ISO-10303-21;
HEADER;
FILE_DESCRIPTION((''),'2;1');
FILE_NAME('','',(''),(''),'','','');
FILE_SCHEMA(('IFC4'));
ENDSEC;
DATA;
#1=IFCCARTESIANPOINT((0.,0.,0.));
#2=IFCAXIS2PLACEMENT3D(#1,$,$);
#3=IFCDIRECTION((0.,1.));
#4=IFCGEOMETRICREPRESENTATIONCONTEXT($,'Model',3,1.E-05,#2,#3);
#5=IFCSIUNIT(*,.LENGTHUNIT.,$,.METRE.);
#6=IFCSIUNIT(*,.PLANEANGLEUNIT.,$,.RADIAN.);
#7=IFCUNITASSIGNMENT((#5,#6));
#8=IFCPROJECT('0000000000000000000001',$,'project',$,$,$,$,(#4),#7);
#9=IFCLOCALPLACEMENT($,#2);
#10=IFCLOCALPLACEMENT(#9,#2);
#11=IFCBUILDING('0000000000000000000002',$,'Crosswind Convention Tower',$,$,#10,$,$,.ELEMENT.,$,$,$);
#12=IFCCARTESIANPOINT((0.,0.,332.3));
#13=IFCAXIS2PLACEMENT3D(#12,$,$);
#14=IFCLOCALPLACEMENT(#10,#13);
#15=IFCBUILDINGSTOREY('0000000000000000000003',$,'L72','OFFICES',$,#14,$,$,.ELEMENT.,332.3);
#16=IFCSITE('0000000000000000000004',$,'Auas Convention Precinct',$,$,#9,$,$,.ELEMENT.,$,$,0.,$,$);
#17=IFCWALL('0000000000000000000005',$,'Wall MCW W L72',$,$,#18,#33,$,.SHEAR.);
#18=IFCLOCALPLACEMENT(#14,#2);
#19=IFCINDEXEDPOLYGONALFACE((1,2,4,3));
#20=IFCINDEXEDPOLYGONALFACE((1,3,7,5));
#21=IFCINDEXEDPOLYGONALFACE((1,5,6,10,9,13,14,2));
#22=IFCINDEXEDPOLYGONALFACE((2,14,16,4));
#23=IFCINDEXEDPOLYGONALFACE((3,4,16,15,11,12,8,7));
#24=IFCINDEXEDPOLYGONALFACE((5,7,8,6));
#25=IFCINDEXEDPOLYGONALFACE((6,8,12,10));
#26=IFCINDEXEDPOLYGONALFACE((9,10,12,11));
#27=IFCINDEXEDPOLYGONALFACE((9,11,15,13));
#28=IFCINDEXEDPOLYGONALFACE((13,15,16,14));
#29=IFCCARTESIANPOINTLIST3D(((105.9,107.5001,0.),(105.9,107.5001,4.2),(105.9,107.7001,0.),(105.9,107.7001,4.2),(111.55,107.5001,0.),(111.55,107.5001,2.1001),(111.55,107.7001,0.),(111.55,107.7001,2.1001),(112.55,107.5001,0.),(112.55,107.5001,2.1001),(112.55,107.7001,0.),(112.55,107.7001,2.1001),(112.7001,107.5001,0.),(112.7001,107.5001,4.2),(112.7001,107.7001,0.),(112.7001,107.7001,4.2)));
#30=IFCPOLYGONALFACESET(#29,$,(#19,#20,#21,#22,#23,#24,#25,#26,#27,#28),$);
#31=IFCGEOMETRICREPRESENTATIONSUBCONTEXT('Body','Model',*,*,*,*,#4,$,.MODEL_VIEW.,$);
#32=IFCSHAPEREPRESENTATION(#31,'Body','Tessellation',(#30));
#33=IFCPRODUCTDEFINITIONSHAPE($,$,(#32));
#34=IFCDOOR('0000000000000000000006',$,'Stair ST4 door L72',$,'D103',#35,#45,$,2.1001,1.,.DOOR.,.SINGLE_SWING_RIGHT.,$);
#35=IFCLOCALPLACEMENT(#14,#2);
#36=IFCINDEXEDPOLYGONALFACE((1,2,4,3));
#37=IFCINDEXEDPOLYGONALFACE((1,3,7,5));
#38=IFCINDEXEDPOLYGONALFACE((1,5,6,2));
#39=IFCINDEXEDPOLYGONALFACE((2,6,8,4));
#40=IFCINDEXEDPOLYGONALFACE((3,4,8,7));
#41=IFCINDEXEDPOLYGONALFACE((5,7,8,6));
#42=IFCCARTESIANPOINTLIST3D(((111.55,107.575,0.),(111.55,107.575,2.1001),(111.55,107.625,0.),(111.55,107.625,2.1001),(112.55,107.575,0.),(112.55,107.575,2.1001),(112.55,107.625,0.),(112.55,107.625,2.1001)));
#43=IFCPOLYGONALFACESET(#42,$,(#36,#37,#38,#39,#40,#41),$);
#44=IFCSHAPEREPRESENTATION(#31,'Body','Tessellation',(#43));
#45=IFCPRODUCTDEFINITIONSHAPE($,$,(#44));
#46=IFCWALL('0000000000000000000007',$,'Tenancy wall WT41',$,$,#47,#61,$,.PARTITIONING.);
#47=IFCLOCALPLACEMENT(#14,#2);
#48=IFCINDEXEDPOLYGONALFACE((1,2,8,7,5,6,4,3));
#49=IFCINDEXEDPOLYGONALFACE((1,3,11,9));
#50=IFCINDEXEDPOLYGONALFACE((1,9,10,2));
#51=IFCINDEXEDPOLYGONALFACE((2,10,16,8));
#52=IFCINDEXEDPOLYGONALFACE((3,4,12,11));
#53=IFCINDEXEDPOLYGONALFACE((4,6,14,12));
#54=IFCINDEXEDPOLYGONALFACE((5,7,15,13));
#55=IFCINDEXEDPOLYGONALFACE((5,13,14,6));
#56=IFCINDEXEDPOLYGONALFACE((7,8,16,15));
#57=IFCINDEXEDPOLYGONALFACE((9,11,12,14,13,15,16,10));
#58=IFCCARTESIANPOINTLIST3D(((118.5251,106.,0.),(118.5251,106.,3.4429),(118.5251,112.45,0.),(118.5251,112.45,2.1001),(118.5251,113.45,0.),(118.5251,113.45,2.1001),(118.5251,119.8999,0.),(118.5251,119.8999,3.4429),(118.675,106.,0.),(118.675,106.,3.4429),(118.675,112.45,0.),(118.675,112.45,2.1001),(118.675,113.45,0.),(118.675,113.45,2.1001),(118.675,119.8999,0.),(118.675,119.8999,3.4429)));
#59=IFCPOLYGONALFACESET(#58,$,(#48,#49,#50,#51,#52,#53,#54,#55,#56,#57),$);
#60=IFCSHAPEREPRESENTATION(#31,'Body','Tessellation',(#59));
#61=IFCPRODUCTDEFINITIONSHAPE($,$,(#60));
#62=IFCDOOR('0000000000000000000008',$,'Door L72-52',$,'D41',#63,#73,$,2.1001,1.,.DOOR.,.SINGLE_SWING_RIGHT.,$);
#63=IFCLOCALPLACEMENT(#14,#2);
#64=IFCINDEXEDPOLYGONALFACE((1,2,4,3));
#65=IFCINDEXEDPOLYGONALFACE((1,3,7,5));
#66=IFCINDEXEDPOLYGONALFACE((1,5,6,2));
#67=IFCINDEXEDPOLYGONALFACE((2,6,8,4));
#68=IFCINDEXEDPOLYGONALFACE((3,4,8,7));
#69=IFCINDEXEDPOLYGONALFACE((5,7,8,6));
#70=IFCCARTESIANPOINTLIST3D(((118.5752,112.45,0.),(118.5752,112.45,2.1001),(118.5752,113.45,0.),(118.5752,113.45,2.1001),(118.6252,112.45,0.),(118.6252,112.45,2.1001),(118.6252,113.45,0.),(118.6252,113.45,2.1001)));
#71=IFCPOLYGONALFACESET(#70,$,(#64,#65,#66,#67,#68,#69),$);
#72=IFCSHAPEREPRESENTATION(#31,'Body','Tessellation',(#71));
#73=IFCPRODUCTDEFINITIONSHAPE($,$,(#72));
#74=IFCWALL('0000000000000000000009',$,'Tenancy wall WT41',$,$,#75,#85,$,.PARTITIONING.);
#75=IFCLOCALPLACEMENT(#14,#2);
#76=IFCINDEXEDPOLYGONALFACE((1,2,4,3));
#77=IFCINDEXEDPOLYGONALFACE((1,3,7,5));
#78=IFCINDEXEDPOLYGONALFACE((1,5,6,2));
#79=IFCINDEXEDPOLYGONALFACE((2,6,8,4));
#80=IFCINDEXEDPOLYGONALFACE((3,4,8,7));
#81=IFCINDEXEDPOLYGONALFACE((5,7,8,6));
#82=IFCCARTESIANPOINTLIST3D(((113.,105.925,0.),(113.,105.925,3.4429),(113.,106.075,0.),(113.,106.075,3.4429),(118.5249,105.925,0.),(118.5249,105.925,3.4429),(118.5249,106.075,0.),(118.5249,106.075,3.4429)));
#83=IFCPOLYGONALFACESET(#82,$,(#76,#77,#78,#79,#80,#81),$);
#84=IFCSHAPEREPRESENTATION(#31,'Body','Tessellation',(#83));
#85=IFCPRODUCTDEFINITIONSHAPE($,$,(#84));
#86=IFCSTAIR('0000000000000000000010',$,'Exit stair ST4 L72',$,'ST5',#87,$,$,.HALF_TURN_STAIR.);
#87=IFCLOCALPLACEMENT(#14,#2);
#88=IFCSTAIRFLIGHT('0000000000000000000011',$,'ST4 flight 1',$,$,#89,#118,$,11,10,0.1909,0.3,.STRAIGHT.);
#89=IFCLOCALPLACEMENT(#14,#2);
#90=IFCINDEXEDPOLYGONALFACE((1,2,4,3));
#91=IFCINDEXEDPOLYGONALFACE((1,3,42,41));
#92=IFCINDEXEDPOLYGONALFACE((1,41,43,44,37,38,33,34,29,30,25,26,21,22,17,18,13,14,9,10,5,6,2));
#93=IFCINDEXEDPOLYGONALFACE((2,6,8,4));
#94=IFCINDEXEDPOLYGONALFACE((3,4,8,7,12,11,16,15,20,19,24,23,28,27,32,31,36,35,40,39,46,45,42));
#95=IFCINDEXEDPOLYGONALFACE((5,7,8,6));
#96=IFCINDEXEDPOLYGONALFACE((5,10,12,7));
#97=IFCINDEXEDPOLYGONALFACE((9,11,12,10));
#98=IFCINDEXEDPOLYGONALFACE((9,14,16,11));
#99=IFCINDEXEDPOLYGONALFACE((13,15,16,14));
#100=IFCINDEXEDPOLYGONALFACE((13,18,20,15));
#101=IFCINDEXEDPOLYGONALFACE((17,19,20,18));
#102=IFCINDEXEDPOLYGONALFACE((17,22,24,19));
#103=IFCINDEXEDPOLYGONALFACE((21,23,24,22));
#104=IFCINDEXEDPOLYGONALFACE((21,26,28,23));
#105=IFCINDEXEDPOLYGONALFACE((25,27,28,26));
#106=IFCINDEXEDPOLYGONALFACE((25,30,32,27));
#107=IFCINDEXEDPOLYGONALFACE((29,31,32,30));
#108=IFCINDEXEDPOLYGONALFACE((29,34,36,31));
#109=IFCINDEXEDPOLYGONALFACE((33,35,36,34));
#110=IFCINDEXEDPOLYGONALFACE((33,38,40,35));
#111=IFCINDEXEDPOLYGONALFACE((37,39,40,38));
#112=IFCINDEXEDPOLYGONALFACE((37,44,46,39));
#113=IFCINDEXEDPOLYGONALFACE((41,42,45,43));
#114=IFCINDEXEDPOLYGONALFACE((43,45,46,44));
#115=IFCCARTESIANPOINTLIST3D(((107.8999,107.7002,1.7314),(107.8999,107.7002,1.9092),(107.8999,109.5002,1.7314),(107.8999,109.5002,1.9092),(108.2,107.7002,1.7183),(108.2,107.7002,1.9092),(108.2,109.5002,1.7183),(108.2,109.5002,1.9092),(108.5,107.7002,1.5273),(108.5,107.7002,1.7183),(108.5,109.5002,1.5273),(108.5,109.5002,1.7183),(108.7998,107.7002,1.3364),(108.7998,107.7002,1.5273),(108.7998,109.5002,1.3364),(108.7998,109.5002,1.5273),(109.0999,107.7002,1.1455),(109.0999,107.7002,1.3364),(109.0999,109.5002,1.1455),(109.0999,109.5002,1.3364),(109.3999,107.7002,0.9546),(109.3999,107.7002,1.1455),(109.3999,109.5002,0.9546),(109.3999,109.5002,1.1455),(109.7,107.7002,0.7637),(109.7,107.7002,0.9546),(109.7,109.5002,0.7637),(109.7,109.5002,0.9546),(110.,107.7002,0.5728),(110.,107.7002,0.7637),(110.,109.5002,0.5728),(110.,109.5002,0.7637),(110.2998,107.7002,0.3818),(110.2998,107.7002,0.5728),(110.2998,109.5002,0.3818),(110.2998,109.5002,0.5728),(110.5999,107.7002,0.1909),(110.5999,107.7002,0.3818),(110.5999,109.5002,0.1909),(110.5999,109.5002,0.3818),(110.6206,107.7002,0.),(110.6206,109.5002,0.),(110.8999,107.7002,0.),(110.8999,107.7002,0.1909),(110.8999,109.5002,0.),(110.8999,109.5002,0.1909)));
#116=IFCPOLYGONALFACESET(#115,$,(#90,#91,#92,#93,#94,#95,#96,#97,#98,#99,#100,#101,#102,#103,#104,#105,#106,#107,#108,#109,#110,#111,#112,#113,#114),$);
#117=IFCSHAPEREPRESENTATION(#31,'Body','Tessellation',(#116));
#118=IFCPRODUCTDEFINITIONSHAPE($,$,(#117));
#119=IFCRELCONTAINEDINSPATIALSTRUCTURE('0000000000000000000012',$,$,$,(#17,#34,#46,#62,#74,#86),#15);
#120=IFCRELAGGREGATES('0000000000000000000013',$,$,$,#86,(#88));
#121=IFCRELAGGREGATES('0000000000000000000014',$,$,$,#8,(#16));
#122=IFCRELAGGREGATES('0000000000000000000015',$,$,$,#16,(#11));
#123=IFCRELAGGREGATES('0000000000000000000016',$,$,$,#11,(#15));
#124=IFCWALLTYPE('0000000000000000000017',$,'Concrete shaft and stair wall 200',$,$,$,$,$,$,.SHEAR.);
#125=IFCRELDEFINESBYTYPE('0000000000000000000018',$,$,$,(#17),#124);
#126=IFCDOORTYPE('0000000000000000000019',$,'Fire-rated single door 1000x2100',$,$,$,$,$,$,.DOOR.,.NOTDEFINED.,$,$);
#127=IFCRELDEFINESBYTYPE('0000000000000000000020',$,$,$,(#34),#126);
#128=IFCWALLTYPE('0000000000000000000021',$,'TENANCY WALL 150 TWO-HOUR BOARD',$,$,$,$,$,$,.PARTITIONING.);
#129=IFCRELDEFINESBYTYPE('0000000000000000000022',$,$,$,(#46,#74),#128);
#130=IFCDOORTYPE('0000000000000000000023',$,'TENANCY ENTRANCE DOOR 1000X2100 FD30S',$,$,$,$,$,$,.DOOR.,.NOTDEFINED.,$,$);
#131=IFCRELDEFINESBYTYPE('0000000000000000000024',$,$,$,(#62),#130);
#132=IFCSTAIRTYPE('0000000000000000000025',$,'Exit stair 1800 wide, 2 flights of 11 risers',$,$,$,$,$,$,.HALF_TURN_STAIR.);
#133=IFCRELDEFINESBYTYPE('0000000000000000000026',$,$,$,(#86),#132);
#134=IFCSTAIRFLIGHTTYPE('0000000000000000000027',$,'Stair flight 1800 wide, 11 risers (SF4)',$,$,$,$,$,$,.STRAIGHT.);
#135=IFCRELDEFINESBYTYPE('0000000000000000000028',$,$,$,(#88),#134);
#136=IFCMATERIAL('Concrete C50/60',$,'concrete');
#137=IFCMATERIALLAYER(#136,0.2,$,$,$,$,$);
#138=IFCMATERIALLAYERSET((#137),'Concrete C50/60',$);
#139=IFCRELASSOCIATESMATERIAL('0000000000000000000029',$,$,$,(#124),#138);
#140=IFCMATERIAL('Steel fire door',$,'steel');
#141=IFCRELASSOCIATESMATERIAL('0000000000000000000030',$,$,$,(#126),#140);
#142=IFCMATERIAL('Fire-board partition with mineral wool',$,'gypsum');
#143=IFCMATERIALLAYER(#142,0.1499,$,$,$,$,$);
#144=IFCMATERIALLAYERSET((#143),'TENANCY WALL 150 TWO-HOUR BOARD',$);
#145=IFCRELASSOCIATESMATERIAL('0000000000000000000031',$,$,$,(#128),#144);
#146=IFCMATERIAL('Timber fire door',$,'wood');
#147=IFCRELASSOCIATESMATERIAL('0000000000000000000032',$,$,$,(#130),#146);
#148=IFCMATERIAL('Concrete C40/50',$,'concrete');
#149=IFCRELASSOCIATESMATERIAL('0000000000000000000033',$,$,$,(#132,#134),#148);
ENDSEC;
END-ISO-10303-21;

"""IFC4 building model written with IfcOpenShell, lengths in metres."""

from ifc_helpers import new_model, si_unit, direction, frame, frame_2d, origin, place, context, subcontext, project, spatial, polyline, rectangle, outline, extrude, material, layer, layer_set, type_object, element, fill, aggregate, save


model = new_model("IFC4")

# Units and contexts
model_context = context("Model", 3, precision=1e-05, world=origin(), true_north=direction((0.0, 1.0)))
body_context = subcontext(model_context, "Body", "Model", "MODEL_VIEW")
ifc_project = project(units=[si_unit("LENGTHUNIT", "METRE"), si_unit("PLANEANGLEUNIT", "RADIAN")], contexts=[model_context])

# Site, building, storey
site_placement = place(None, origin())
site = spatial("IfcSite", under=ifc_project, at=site_placement, Name="Auas Convention Precinct", CompositionType="ELEMENT", RefElevation=0.0)
building_placement = place(site_placement, origin())
building = spatial("IfcBuilding", under=site, at=building_placement, Name="Crosswind Convention Tower", CompositionType="ELEMENT")
storey_placement = place(building_placement, frame((0.0, 0.0, 332.3)))
storey = spatial("IfcBuildingStorey", under=building, at=storey_placement, Name="L72", Description="OFFICES", CompositionType="ELEMENT", Elevation=332.3)

# Shared definitions
ifc_material_1 = material(Name="Concrete C50/60", Category="concrete")
ifc_layer_1 = layer(ifc_material_1, 0.2)
ifc_layer_set_1 = layer_set([ifc_layer_1], Name="Concrete C50/60")
wall_type_1 = type_object("IfcWallType", Name="Concrete shaft and stair wall 200", PredefinedType="SHEAR", material=ifc_layer_set_1)

# Walls, openings, doors
ifc_material_2 = material(Name="Steel fire door", Category="steel")
wall_1_placement = place(storey_placement, frame((112.7, 107.6001, 0.0), z_axis=(0.0, 0.0, 1.0), x_axis=(-1.0, 0.0, 0.0)))
wall_1 = element("IfcWall", 1, at=wall_1_placement, inside=storey, type_object=wall_type_1, Name="Wall MCW W L72", PredefinedType="SHEAR", context=body_context, shape_type="SweptSolid", body=[
    extrude(rectangle(XDim=6.8, YDim=0.2, at=frame_2d((3.3999, 0.0))), origin(), (0.0, 0.0, 1.0), 4.2),
])
opening_1_placement = place(wall_1_placement, frame((0.1499, 0.0, 0.0)))
opening_1 = element("IfcOpeningElement", 2, at=opening_1_placement, cuts=wall_1, PredefinedType="OPENING", context=body_context, shape_type="SweptSolid", body=[
    extrude(rectangle(XDim=1.0, YDim=2.1001, at=frame_2d((0.5, 1.05))), frame((0.0, 0.1099, 0.0), z_axis=(0.0, -1.0, 0.0), x_axis=(1.0, 0.0, 0.0)), (0.0, 0.0, 1.0), 0.22),
])
door_type_1 = type_object("IfcDoorType", Name="Fire-rated single door 1000x2100", OperationType="NOTDEFINED", PredefinedType="DOOR", material=ifc_material_2)
door_1_placement = place(opening_1_placement, frame((1.0, 0.0, 0.0), z_axis=(0.0, 0.0, 1.0), x_axis=(-1.0, 0.0, 0.0)))
door_1 = element("IfcDoor", 3, at=door_1_placement, inside=storey, type_object=door_type_1, Name="Stair ST4 door L72", ObjectType="D103", OperationType="SINGLE_SWING_RIGHT", OverallHeight=2.1001, OverallWidth=1.0, PredefinedType="DOOR", context=body_context, shape_type="SweptSolid", body=[
    extrude(rectangle(XDim=1.0, YDim=2.1001, at=frame_2d((0.5, 1.05))), frame((0.0, 0.0249, 0.0), z_axis=(0.0, -1.0, 0.0), x_axis=(1.0, 0.0, 0.0)), (0.0, 0.0, 1.0), 0.05),
])
fill(opening_1, door_1)
ifc_material_3 = material(Name="Fire-board partition with mineral wool", Category="gypsum")
ifc_layer_2 = layer(ifc_material_3, 0.1499)
ifc_layer_set_2 = layer_set([ifc_layer_2], Name="TENANCY WALL 150 TWO-HOUR BOARD")
wall_type_2 = type_object("IfcWallType", Name="TENANCY WALL 150 TWO-HOUR BOARD", PredefinedType="PARTITIONING", material=ifc_layer_set_2)
wall_2_placement = place(storey_placement, frame((118.6001, 106.0, 0.0), z_axis=(0.0, 0.0, 1.0), x_axis=(0.0, 1.0, 0.0)))
wall_2 = element("IfcWall", 4, at=wall_2_placement, inside=storey, type_object=wall_type_2, Name="Tenancy wall WT41", PredefinedType="PARTITIONING", context=body_context, shape_type="SweptSolid", body=[
    extrude(rectangle(XDim=13.8999, YDim=0.1499, at=frame_2d((6.95, 0.0))), origin(), (0.0, 0.0, 1.0), 3.4429),
])
opening_2_placement = place(wall_2_placement, frame((6.45, 0.0, 0.0)))
opening_2 = element("IfcOpeningElement", 5, at=opening_2_placement, cuts=wall_2, PredefinedType="OPENING", context=body_context, shape_type="SweptSolid", body=[
    extrude(rectangle(XDim=1.0, YDim=2.1001, at=frame_2d((0.5, 1.05))), frame((0.0, 0.085, 0.0), z_axis=(0.0, -1.0, 0.0), x_axis=(1.0, 0.0, 0.0)), (0.0, 0.0, 1.0), 0.1699),
])
ifc_material_4 = material(Name="Timber fire door", Category="wood")
door_type_2 = type_object("IfcDoorType", Name="TENANCY ENTRANCE DOOR 1000X2100 FD30S", OperationType="NOTDEFINED", PredefinedType="DOOR", material=ifc_material_4)
door_2_placement = place(opening_2_placement, origin())
door_2 = element("IfcDoor", 6, at=door_2_placement, inside=storey, type_object=door_type_2, Name="Door L72-52", ObjectType="D41", OperationType="SINGLE_SWING_RIGHT", OverallHeight=2.1001, OverallWidth=1.0, PredefinedType="DOOR", context=body_context, shape_type="SweptSolid", body=[
    extrude(rectangle(XDim=1.0, YDim=2.1001, at=frame_2d((0.5, 1.05))), frame((0.0, 0.0249, 0.0), z_axis=(0.0, -1.0, 0.0), x_axis=(1.0, 0.0, 0.0)), (0.0, 0.0, 1.0), 0.05),
])
fill(opening_2, door_2)

# Wall
wall_3_placement = place(storey_placement, frame((113.0, 106.0, 0.0), z_axis=(0.0, 0.0, 1.0), x_axis=(1.0, 0.0, 0.0)))
element("IfcWall", 7, at=wall_3_placement, inside=storey, type_object=wall_type_2, Name="Tenancy wall WT41", PredefinedType="PARTITIONING", context=body_context, shape_type="SweptSolid", body=[
    extrude(rectangle(XDim=5.5249, YDim=0.1499, at=frame_2d((2.7625, 0.0))), origin(), (0.0, 0.0, 1.0), 3.4429),
])

# Stair, stair flight
ifc_material_5 = material(Name="Concrete C40/50", Category="concrete")
stair_type = type_object("IfcStairType", Name="Exit stair 1800 wide, 2 flights of 11 risers", PredefinedType="HALF_TURN_STAIR", material=ifc_material_5)
stair_placement = place(storey_placement, origin())
stair = element("IfcStair", 8, at=stair_placement, inside=storey, type_object=stair_type, Name="Exit stair ST4 L72", ObjectType="ST5", PredefinedType="HALF_TURN_STAIR")
stair_flight_type = type_object("IfcStairFlightType", Name="Stair flight 1800 wide, 11 risers (SF4)", PredefinedType="STRAIGHT", material=ifc_material_5)
stair_flight_placement = place(storey_placement, frame((110.8999, 108.6001, 0.0), z_axis=(0.0, 0.0, 1.0), x_axis=(-1.0, 0.0, 0.0)))
stair_flight = element("IfcStairFlight", 9, at=stair_flight_placement, type_object=stair_flight_type, Name="ST4 flight 1", NumberOfRisers=11, NumberOfTreads=10, PredefinedType="STRAIGHT", RiserHeight=0.1909, TreadLength=0.3, context=body_context, shape_type="SweptSolid", body=[
    extrude(outline(polyline([(0.0, 0.0), (0.0, 0.1909), (0.3, 0.1909), (0.3, 0.3818), (0.6001, 0.3818), (0.6001, 0.5728), (0.8999, 0.5728), (0.8999, 0.7637), (1.2, 0.7637), (1.2, 0.9546), (1.5, 0.9546), (1.5, 1.1455), (1.8, 1.1455), (1.8, 1.3364), (2.1001, 1.3364), (2.1001, 1.5273), (2.3999, 1.5273), (2.3999, 1.7183), (2.7, 1.7183), (2.7, 1.9092), (3.0, 1.9092), (3.0, 2.1001), (3.0, 1.7314), (0.2793, 0.0), (0.0, 0.0)])), frame((0.0, 0.8999, 0.0), z_axis=(0.0, -1.0, 0.0), x_axis=(1.0, 0.0, 0.0)), (0.0, 0.0, 1.0), 1.8),
])
aggregate(stair, [stair_flight])

save(model, "model.ifc")
